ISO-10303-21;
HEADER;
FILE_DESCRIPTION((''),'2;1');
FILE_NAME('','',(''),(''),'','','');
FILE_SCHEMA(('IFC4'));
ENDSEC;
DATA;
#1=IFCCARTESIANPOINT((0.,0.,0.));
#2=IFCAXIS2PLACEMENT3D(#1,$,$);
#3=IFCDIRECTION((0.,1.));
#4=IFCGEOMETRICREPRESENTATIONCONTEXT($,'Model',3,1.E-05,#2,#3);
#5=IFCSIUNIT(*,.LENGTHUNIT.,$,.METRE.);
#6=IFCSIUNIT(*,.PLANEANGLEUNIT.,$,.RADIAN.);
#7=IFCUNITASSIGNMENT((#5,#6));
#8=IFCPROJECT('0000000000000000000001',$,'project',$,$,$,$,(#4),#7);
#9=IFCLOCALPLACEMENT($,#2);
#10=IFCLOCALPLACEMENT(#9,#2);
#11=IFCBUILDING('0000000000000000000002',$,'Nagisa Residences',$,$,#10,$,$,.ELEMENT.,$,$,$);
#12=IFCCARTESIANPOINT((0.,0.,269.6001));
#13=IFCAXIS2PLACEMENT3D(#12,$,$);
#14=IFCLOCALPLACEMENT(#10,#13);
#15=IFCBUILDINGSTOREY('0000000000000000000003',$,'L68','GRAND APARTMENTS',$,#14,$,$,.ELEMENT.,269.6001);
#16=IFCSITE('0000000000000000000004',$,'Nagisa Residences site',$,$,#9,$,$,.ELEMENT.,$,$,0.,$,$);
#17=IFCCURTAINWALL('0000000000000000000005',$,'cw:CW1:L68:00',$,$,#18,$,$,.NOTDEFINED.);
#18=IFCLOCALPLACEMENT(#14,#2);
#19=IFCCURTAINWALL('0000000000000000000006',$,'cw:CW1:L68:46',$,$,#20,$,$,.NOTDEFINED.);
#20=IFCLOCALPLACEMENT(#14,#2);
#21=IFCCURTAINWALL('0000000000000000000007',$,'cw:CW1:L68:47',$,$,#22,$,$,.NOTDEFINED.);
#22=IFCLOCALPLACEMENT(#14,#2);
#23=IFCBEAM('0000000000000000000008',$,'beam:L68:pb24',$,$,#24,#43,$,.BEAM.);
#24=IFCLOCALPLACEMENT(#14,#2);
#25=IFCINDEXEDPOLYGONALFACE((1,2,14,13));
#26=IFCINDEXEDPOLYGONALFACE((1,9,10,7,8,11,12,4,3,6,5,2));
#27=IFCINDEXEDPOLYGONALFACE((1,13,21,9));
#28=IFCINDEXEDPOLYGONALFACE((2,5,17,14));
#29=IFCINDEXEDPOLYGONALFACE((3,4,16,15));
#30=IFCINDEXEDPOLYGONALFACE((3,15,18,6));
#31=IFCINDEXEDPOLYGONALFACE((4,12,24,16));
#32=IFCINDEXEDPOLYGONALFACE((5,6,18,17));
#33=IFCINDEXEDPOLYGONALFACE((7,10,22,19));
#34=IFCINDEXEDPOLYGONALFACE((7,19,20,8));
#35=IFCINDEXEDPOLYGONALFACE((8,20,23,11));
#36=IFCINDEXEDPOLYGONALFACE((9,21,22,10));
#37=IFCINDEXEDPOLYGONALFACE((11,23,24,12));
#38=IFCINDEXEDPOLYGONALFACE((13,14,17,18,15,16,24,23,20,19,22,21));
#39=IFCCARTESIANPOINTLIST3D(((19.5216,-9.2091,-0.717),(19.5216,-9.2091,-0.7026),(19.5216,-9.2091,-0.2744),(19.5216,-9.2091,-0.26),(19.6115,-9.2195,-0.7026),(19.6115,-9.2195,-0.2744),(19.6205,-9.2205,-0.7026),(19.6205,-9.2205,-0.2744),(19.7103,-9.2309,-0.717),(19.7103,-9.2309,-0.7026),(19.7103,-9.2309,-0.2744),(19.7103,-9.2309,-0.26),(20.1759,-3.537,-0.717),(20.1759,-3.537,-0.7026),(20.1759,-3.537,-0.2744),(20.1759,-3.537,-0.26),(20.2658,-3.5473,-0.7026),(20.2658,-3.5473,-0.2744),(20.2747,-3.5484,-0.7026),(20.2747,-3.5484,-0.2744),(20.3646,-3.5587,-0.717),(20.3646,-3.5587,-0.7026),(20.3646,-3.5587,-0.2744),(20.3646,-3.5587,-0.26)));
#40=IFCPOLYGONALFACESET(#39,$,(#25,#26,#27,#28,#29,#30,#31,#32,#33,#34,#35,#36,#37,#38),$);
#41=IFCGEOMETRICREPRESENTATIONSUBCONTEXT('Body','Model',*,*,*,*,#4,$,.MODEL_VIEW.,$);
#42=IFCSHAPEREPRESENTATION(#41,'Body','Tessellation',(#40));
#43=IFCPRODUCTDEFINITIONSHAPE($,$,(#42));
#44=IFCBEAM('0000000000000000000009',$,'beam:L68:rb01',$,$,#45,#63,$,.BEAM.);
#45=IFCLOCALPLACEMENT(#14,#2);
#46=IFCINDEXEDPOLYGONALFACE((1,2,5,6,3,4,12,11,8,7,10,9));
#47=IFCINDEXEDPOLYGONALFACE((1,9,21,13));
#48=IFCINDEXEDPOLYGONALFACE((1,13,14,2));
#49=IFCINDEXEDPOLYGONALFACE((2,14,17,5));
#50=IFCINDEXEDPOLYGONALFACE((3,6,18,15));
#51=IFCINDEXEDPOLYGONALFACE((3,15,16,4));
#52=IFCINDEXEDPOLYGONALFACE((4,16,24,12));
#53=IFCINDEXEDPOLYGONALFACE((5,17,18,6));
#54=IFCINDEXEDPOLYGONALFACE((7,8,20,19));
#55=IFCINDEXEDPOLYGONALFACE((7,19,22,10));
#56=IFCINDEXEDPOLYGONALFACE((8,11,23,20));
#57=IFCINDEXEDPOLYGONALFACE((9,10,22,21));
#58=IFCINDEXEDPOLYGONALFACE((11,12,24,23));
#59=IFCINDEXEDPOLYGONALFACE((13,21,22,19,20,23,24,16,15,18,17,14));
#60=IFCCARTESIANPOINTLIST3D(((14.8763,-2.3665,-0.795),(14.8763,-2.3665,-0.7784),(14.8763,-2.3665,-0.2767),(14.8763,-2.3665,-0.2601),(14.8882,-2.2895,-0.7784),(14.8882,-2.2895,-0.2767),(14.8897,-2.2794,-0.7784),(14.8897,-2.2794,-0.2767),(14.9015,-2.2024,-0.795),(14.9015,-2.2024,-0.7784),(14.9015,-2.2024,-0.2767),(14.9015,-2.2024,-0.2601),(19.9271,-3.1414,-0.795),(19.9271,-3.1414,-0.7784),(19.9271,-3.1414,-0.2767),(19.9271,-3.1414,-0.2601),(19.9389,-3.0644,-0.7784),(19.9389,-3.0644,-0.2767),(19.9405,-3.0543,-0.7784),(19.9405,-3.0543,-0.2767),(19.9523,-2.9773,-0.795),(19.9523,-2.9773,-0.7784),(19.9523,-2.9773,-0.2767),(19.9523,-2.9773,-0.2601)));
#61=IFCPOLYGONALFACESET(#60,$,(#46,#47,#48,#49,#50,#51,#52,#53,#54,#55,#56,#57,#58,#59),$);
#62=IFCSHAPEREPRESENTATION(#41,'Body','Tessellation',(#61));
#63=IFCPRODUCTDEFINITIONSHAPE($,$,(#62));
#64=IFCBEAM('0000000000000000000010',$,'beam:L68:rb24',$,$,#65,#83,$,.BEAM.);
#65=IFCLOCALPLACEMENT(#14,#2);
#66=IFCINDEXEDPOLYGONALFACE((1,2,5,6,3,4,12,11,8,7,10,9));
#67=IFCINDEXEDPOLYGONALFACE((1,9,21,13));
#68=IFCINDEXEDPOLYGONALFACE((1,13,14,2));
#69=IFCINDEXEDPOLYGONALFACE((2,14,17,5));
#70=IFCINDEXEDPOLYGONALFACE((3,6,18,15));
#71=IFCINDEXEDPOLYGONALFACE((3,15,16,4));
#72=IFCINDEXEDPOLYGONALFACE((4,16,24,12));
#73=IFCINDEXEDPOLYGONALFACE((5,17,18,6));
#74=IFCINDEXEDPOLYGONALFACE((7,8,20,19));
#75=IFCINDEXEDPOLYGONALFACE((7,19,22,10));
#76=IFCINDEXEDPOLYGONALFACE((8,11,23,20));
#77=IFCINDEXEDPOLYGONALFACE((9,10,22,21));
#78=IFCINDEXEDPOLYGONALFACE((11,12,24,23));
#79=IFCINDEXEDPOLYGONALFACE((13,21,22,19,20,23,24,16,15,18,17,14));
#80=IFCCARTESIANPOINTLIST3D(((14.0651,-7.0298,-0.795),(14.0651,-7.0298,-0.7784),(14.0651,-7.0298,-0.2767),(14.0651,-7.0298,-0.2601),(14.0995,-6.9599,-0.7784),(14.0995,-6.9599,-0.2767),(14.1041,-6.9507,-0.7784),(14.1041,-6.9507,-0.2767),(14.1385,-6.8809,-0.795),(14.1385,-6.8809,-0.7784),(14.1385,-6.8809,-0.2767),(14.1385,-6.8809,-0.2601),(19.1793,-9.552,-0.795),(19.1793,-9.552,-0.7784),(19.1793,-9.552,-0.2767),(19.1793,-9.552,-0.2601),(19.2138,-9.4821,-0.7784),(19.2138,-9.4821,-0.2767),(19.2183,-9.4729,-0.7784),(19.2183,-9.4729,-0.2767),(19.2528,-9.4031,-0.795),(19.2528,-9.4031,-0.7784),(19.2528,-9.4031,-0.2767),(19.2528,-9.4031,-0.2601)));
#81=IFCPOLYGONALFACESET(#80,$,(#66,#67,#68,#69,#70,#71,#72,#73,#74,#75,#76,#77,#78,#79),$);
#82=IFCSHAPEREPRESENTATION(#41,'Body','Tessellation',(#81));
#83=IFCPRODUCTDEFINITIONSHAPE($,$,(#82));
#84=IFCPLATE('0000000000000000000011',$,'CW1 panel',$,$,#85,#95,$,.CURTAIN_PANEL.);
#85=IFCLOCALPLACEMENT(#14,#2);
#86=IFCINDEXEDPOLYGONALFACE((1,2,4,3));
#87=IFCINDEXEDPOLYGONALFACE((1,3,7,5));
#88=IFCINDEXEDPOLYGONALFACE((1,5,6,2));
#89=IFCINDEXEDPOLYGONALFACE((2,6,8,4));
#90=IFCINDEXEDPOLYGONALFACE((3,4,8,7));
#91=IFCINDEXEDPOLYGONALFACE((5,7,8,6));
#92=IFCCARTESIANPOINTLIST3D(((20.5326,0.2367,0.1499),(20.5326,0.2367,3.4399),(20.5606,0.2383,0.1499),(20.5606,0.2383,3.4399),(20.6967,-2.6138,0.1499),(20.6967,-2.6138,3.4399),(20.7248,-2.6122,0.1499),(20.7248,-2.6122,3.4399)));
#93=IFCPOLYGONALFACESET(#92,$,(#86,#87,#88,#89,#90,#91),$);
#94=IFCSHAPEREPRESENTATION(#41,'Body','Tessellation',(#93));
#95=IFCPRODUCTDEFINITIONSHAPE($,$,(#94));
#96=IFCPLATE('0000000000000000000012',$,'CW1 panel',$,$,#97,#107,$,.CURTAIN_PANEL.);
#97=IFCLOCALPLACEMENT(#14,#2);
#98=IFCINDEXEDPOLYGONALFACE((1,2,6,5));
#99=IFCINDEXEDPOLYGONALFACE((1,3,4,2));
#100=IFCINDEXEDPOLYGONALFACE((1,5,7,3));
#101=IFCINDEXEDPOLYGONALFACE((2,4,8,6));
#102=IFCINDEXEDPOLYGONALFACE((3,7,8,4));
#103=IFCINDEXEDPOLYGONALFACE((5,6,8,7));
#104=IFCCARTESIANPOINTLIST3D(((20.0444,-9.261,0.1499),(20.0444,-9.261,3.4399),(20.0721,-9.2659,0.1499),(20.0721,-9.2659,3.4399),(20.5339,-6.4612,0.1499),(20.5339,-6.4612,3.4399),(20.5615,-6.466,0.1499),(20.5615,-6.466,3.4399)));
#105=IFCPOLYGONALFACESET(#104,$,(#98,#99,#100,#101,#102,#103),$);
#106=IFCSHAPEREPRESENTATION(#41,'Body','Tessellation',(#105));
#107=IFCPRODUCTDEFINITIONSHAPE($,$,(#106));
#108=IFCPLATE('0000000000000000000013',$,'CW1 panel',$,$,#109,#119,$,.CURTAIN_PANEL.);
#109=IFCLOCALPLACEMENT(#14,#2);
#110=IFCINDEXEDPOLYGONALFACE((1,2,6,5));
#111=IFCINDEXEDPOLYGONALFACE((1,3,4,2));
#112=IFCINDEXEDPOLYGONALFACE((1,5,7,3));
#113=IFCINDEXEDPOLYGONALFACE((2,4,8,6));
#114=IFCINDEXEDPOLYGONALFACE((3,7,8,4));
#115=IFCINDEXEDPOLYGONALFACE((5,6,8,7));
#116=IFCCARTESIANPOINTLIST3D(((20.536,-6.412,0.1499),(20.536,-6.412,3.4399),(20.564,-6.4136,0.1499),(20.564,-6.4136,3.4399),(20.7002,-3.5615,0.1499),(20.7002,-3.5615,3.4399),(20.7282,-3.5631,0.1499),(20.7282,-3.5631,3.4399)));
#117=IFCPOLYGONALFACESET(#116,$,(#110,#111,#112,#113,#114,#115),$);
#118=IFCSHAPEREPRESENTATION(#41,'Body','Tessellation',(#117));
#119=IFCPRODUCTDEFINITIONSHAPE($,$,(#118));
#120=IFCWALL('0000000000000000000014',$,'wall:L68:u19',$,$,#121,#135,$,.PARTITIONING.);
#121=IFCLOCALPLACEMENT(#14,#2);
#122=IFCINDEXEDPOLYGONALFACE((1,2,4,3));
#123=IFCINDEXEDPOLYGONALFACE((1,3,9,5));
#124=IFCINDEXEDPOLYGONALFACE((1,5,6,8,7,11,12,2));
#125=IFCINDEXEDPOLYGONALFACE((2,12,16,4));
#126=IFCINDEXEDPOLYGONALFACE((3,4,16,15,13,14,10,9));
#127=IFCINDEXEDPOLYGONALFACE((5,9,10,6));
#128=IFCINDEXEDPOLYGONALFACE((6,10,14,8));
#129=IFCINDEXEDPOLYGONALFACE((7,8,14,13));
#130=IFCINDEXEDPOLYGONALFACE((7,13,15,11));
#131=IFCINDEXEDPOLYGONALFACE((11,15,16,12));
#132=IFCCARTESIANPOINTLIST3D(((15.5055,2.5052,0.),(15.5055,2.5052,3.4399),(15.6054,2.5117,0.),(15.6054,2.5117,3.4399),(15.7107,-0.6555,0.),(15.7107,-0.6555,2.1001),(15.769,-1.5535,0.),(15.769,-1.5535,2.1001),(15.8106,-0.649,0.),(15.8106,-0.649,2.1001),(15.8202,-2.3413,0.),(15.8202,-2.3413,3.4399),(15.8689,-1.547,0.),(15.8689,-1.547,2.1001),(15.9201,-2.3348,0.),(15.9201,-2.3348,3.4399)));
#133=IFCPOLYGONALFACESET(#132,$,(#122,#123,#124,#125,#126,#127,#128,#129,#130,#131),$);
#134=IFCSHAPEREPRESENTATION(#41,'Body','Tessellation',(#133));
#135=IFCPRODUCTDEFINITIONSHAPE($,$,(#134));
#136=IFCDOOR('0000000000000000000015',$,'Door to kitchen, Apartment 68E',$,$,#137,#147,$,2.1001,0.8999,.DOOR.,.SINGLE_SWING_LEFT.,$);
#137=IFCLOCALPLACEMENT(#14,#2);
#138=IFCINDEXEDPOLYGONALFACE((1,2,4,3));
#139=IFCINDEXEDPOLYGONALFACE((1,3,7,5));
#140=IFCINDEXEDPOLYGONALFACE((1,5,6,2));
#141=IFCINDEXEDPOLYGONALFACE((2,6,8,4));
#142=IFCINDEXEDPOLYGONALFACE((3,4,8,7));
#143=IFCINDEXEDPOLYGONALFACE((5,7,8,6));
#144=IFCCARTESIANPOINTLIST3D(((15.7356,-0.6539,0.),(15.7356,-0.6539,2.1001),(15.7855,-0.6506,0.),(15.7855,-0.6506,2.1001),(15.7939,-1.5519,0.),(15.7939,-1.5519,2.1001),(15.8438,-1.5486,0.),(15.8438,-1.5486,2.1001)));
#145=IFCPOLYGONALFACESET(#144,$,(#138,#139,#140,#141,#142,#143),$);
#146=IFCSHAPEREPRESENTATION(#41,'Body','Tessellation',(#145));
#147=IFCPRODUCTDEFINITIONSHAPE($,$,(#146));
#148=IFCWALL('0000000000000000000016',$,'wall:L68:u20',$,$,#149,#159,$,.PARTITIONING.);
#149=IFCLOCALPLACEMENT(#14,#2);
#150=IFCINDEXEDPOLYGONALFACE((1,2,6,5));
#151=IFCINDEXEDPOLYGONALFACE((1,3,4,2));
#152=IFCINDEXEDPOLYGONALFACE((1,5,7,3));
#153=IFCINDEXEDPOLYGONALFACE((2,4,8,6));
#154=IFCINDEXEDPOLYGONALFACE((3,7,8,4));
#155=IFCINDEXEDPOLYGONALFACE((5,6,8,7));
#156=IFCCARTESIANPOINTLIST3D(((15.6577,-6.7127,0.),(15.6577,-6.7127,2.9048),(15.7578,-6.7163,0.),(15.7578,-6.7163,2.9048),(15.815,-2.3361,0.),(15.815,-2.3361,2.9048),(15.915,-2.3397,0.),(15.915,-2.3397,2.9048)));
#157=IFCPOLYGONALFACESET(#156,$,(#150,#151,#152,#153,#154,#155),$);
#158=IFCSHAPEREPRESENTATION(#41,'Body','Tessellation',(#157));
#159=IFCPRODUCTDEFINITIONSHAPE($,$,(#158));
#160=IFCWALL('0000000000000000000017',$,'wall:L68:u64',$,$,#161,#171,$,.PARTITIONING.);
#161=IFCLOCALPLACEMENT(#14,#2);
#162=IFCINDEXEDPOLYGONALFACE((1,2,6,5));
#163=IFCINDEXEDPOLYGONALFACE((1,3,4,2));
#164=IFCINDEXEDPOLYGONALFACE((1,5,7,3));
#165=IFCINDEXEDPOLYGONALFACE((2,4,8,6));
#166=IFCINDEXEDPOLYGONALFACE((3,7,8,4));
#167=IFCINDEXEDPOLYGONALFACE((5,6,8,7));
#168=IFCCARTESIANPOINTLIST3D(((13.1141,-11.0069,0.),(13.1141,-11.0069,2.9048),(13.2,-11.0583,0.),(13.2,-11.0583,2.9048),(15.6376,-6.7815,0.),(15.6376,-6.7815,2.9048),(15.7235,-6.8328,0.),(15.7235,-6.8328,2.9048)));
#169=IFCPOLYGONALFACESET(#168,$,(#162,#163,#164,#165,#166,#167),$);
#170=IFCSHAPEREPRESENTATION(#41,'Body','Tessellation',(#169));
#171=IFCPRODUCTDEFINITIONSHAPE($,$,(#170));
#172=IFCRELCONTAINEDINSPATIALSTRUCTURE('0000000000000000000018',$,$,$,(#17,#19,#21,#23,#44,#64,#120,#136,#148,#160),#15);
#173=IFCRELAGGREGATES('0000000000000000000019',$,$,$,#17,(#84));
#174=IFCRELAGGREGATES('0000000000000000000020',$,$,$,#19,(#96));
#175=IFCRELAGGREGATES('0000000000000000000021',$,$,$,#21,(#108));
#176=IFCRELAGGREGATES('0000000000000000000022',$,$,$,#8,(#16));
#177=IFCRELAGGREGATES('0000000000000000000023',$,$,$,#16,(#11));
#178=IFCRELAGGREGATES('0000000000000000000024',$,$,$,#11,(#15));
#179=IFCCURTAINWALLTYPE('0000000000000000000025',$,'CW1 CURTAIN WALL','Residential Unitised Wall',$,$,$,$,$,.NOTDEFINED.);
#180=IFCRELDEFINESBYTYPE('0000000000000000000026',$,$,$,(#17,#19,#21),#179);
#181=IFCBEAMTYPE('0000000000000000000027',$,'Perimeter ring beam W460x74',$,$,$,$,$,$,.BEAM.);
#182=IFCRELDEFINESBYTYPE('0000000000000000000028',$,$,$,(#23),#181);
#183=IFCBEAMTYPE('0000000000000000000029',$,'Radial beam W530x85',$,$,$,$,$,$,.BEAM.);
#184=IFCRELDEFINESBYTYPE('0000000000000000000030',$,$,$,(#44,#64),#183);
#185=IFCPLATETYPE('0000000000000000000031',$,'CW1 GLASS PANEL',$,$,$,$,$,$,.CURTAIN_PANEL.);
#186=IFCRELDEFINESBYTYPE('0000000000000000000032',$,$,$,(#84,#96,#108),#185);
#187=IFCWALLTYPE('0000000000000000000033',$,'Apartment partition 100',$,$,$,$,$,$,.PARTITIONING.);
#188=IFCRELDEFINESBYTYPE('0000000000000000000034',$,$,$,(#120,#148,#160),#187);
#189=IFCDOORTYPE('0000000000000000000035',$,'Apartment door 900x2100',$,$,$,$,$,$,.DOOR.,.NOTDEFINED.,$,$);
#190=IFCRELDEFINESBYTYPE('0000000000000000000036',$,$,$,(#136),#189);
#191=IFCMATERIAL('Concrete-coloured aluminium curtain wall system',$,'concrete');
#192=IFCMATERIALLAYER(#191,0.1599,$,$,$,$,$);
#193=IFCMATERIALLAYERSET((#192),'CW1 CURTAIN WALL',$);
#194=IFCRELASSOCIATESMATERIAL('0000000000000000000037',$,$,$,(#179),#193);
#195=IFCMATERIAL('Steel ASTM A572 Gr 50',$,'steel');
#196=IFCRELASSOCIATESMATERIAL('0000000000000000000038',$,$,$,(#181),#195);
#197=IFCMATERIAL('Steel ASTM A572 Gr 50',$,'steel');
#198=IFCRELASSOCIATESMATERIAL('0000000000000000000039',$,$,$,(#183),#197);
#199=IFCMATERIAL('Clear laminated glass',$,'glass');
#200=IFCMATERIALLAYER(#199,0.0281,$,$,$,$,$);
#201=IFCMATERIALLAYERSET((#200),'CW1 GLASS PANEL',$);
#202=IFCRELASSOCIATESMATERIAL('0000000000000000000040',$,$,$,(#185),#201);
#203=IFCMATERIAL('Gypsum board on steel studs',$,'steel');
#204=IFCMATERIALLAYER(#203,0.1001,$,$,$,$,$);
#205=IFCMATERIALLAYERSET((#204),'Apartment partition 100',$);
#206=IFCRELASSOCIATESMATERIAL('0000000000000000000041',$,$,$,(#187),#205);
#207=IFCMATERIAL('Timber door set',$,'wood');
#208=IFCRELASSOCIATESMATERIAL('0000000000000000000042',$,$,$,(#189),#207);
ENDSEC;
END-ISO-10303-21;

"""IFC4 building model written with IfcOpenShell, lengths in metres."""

from ifc_helpers import new_model, si_unit, direction, frame, frame_2d, origin, origin_2d, place, context, subcontext, project, spatial, rectangle, i_section, extrude, material, layer, layer_set, material_profile, profile_set, type_object, element, fill, aggregate, save


model = new_model("IFC4")

# Units and contexts
model_context = context("Model", 3, precision=1e-05, world=origin(), true_north=direction((0.0, 1.0)))
body_context = subcontext(model_context, "Body", "Model", "MODEL_VIEW")
ifc_project = project(units=[si_unit("LENGTHUNIT", "METRE"), si_unit("PLANEANGLEUNIT", "RADIAN")], contexts=[model_context])

# Site, building, storey
site_placement = place(None, origin())
site = spatial("IfcSite", under=ifc_project, at=site_placement, Name="Nagisa Residences site", CompositionType="ELEMENT", RefElevation=0.0)
building_placement = place(site_placement, origin())
building = spatial("IfcBuilding", under=site, at=building_placement, Name="Nagisa Residences", CompositionType="ELEMENT")
storey_placement = place(building_placement, frame((0.0, 0.0, 269.6001)))
storey = spatial("IfcBuildingStorey", under=building, at=storey_placement, Name="L68", Description="GRAND APARTMENTS", CompositionType="ELEMENT", Elevation=269.6001)

# Curtain walls
ifc_material_1 = material(Name="Concrete-coloured aluminium curtain wall system", Category="concrete")
ifc_layer_1 = layer(ifc_material_1, 0.1599)
ifc_layer_set_1 = layer_set([ifc_layer_1], Name="CW1 CURTAIN WALL")
curtain_wall_type = type_object("IfcCurtainWallType", Name="CW1 CURTAIN WALL", Description="Residential Unitised Wall", PredefinedType="NOTDEFINED", material=ifc_layer_set_1)
curtain_wall_1_placement = place(storey_placement, origin())
curtain_wall_1 = element("IfcCurtainWall", 1, at=curtain_wall_1_placement, inside=storey, type_object=curtain_wall_type, Name="cw:CW1:L68:00", PredefinedType="NOTDEFINED")
curtain_wall_2_placement = place(storey_placement, origin())
curtain_wall_2 = element("IfcCurtainWall", 2, at=curtain_wall_2_placement, inside=storey, type_object=curtain_wall_type, Name="cw:CW1:L68:46", PredefinedType="NOTDEFINED")
curtain_wall_3_placement = place(storey_placement, origin())
curtain_wall_3 = element("IfcCurtainWall", 3, at=curtain_wall_3_placement, inside=storey, type_object=curtain_wall_type, Name="cw:CW1:L68:47", PredefinedType="NOTDEFINED")

# Beams
ifc_material_2 = material(Name="Steel ASTM A572 Gr 50", Category="steel")
ifc_material_profile_1 = material_profile(ifc_material_2, i_section(OverallWidth=0.1899, OverallDepth=0.457, WebThickness=0.009, FlangeThickness=0.0144, at=origin_2d()), Name="W460x74")
ifc_profile_set_1 = profile_set([ifc_material_profile_1], Name="Steel ASTM A572 Gr 50")
beam_type_1 = type_object("IfcBeamType", Name="Perimeter ring beam W460x74", PredefinedType="BEAM", material=ifc_profile_set_1)
for number, where, z_axis, x_axis, name in (
    (4, (19.616, -9.22, -0.4885), (0.114593, 0.993412, 0.0), (-0.993412, 0.114593, 0.0), "beam:L68:pb24"),
):
    element("IfcBeam", number, at=place(storey_placement, frame(where, z_axis=z_axis, x_axis=x_axis)), inside=storey, type_object=beam_type_1, Name=name, PredefinedType="BEAM", context=body_context, shape_type="SweptSolid", body=[
        extrude(i_section(OverallWidth=0.1899, OverallDepth=0.457, WebThickness=0.009, FlangeThickness=0.0144, at=origin_2d()), origin(), (0.0, 0.0, 1.0), 5.7097),
    ])
ifc_material_3 = material(Name="Steel ASTM A572 Gr 50", Category="steel")
ifc_material_profile_2 = material_profile(ifc_material_3, i_section(OverallWidth=0.166, OverallDepth=0.5349, WebThickness=0.0103, FlangeThickness=0.0166, at=origin_2d()), Name="W530x85")
ifc_profile_set_2 = profile_set([ifc_material_profile_2], Name="Steel ASTM A572 Gr 50")
beam_type_2 = type_object("IfcBeamType", Name="Radial beam W530x85", PredefinedType="BEAM", material=ifc_profile_set_2)
beam_1_placement = place(storey_placement, frame((19.9397, -3.0593, -0.5276), z_axis=(-0.988435, 0.151648, 0.0), x_axis=(-0.151648, -0.988435, 0.0)))
element("IfcBeam", 5, at=beam_1_placement, inside=storey, type_object=beam_type_2, Name="beam:L68:rb01", PredefinedType="BEAM", context=body_context, shape_type="SweptSolid", body=[
    extrude(i_section(OverallWidth=0.166, OverallDepth=0.5349, WebThickness=0.0103, FlangeThickness=0.0166, at=origin_2d()), origin(), (0.0, 0.0, 1.0), 5.1099),
])
beam_2_placement = place(storey_placement, frame((19.2161, -9.4775, -0.5276), z_axis=(-0.896863, 0.442309, 0.0), x_axis=(-0.442309, -0.896863, 0.0)))
element("IfcBeam", 6, at=beam_2_placement, inside=storey, type_object=beam_type_2, Name="beam:L68:rb24", PredefinedType="BEAM", context=body_context, shape_type="SweptSolid", body=[
    extrude(i_section(OverallWidth=0.166, OverallDepth=0.5349, WebThickness=0.0103, FlangeThickness=0.0166, at=origin_2d()), origin(), (0.0, 0.0, 1.0), 5.7024),
])

# Plates
ifc_material_4 = material(Name="Clear laminated glass", Category="glass")
ifc_layer_2 = layer(ifc_material_4, 0.0281)
ifc_layer_set_2 = layer_set([ifc_layer_2], Name="CW1 GLASS PANEL")
plate_type = type_object("IfcPlateType", Name="CW1 GLASS PANEL", PredefinedType="CURTAIN_PANEL", material=ifc_layer_set_2)
plate_1_placement = place(storey_placement, frame((20.6287, -1.1877, 0.1499), z_axis=(0.0, 0.0, 1.0), x_axis=(-0.057503, 0.998345, 0.0)))
plate_1 = element("IfcPlate", 7, at=plate_1_placement, type_object=plate_type, Name="CW1 panel", PredefinedType="CURTAIN_PANEL", context=body_context, shape_type="SweptSolid", body=[
    extrude(rectangle(XDim=2.8552, YDim=0.0281, at=origin_2d()), origin(), (0.0, 0.0, 1.0), 3.29),
])
aggregate(curtain_wall_1, [plate_1])
plate_2_placement = place(storey_placement, frame((20.303, -7.8635, 0.1499), z_axis=(0.0, 0.0, 1.0), x_axis=(0.172191, 0.985064, 0.0)))
plate_2 = element("IfcPlate", 8, at=plate_2_placement, type_object=plate_type, Name="CW1 panel", PredefinedType="CURTAIN_PANEL", context=body_context, shape_type="SweptSolid", body=[
    extrude(rectangle(XDim=2.8423, YDim=0.0281, at=origin_2d()), origin(), (0.0, 0.0, 1.0), 3.29),
])
aggregate(curtain_wall_2, [plate_2])
plate_3_placement = place(storey_placement, frame((20.6321, -4.9875, 0.1499), z_axis=(0.0, 0.0, 1.0), x_axis=(0.057503, 0.998345, 0.0)))
plate_3 = element("IfcPlate", 9, at=plate_3_placement, type_object=plate_type, Name="CW1 panel", PredefinedType="CURTAIN_PANEL", context=body_context, shape_type="SweptSolid", body=[
    extrude(rectangle(XDim=2.8552, YDim=0.0281, at=origin_2d()), origin(), (0.0, 0.0, 1.0), 3.29),
])
aggregate(curtain_wall_3, [plate_3])

# Wall, opening, door
ifc_material_5 = material(Name="Gypsum board on steel studs", Category="steel")
ifc_layer_3 = layer(ifc_material_5, 0.1001)
ifc_layer_set_3 = layer_set([ifc_layer_3], Name="Apartment partition 100")
wall_type_1 = type_object("IfcWallType", Name="Apartment partition 100", PredefinedType="PARTITIONING", material=ifc_layer_set_3)
wall_1_placement = place(storey_placement, frame((15.8701, -2.3379, 0.0), z_axis=(0.0, 0.0, 1.0), x_axis=(-0.064797, 0.997898, 0.0)))
wall_1 = element("IfcWall", 10, at=wall_1_placement, inside=storey, type_object=wall_type_1, Name="wall:L68:u19", PredefinedType="PARTITIONING", context=body_context, shape_type="SweptSolid", body=[
    extrude(rectangle(XDim=4.8567, YDim=0.1001, at=frame_2d((2.4282, 0.0))), origin(), (0.0, 0.0, 1.0), 3.4399),
])
opening_1_placement = place(wall_1_placement, frame((0.7893, 0.0, 0.0)))
opening_1 = element("IfcOpeningElement", 11, at=opening_1_placement, cuts=wall_1, PredefinedType="OPENING", context=body_context, shape_type="SweptSolid", body=[
    extrude(rectangle(XDim=0.8999, YDim=2.1001, at=frame_2d((0.45, 1.05))), frame((0.0, 0.0601, 0.0), z_axis=(0.0, -1.0, 0.0), x_axis=(1.0, 0.0, 0.0)), (0.0, 0.0, 1.0), 0.1201),
])
ifc_material_6 = material(Name="Timber door set", Category="wood")
door_type_1 = type_object("IfcDoorType", Name="Apartment door 900x2100", OperationType="NOTDEFINED", PredefinedType="DOOR", material=ifc_material_6)
door_1_placement = place(opening_1_placement, frame((0.8999, 0.0, 0.0), x_axis=(-1.0, 0.0, 0.0)))
door_1 = element("IfcDoor", 12, at=door_1_placement, inside=storey, type_object=door_type_1, Name="Door to kitchen, Apartment 68E", OperationType="SINGLE_SWING_LEFT", OverallHeight=2.1001, OverallWidth=0.8999, PredefinedType="DOOR", context=body_context, shape_type="SweptSolid", body=[
    extrude(rectangle(XDim=0.8999, YDim=2.1001, at=frame_2d((0.45, 1.05))), frame((0.0, 0.0249, 0.0), z_axis=(0.0, -1.0, 0.0), x_axis=(1.0, 0.0, 0.0)), (0.0, 0.0, 1.0), 0.05),
])
fill(opening_1, door_1)

# Walls
wall_2_placement = place(storey_placement, frame((15.865, -2.3379, 0.0), z_axis=(0.0, 0.0, 1.0), x_axis=(-0.035902, -0.999355, 0.0)))
element("IfcWall", 13, at=wall_2_placement, inside=storey, type_object=wall_type_1, Name="wall:L68:u20", PredefinedType="PARTITIONING", context=body_context, shape_type="SweptSolid", body=[
    extrude(rectangle(XDim=4.3794, YDim=0.1001, at=frame_2d((2.1897, 0.0))), origin(), (0.0, 0.0, 1.0), 2.9048),
])
wall_3_placement = place(storey_placement, frame((13.157, -11.0327, 0.0), z_axis=(0.0, 0.0, 1.0), x_axis=(0.512737, 0.858546, 0.0)))
element("IfcWall", 14, at=wall_3_placement, inside=storey, type_object=wall_type_1, Name="wall:L68:u64", PredefinedType="PARTITIONING", context=body_context, shape_type="SweptSolid", body=[
    extrude(rectangle(XDim=4.9216, YDim=0.1001, at=frame_2d((2.4609, 0.0))), origin(), (0.0, 0.0, 1.0), 2.9048),
])

save(model, "model.ifc")
